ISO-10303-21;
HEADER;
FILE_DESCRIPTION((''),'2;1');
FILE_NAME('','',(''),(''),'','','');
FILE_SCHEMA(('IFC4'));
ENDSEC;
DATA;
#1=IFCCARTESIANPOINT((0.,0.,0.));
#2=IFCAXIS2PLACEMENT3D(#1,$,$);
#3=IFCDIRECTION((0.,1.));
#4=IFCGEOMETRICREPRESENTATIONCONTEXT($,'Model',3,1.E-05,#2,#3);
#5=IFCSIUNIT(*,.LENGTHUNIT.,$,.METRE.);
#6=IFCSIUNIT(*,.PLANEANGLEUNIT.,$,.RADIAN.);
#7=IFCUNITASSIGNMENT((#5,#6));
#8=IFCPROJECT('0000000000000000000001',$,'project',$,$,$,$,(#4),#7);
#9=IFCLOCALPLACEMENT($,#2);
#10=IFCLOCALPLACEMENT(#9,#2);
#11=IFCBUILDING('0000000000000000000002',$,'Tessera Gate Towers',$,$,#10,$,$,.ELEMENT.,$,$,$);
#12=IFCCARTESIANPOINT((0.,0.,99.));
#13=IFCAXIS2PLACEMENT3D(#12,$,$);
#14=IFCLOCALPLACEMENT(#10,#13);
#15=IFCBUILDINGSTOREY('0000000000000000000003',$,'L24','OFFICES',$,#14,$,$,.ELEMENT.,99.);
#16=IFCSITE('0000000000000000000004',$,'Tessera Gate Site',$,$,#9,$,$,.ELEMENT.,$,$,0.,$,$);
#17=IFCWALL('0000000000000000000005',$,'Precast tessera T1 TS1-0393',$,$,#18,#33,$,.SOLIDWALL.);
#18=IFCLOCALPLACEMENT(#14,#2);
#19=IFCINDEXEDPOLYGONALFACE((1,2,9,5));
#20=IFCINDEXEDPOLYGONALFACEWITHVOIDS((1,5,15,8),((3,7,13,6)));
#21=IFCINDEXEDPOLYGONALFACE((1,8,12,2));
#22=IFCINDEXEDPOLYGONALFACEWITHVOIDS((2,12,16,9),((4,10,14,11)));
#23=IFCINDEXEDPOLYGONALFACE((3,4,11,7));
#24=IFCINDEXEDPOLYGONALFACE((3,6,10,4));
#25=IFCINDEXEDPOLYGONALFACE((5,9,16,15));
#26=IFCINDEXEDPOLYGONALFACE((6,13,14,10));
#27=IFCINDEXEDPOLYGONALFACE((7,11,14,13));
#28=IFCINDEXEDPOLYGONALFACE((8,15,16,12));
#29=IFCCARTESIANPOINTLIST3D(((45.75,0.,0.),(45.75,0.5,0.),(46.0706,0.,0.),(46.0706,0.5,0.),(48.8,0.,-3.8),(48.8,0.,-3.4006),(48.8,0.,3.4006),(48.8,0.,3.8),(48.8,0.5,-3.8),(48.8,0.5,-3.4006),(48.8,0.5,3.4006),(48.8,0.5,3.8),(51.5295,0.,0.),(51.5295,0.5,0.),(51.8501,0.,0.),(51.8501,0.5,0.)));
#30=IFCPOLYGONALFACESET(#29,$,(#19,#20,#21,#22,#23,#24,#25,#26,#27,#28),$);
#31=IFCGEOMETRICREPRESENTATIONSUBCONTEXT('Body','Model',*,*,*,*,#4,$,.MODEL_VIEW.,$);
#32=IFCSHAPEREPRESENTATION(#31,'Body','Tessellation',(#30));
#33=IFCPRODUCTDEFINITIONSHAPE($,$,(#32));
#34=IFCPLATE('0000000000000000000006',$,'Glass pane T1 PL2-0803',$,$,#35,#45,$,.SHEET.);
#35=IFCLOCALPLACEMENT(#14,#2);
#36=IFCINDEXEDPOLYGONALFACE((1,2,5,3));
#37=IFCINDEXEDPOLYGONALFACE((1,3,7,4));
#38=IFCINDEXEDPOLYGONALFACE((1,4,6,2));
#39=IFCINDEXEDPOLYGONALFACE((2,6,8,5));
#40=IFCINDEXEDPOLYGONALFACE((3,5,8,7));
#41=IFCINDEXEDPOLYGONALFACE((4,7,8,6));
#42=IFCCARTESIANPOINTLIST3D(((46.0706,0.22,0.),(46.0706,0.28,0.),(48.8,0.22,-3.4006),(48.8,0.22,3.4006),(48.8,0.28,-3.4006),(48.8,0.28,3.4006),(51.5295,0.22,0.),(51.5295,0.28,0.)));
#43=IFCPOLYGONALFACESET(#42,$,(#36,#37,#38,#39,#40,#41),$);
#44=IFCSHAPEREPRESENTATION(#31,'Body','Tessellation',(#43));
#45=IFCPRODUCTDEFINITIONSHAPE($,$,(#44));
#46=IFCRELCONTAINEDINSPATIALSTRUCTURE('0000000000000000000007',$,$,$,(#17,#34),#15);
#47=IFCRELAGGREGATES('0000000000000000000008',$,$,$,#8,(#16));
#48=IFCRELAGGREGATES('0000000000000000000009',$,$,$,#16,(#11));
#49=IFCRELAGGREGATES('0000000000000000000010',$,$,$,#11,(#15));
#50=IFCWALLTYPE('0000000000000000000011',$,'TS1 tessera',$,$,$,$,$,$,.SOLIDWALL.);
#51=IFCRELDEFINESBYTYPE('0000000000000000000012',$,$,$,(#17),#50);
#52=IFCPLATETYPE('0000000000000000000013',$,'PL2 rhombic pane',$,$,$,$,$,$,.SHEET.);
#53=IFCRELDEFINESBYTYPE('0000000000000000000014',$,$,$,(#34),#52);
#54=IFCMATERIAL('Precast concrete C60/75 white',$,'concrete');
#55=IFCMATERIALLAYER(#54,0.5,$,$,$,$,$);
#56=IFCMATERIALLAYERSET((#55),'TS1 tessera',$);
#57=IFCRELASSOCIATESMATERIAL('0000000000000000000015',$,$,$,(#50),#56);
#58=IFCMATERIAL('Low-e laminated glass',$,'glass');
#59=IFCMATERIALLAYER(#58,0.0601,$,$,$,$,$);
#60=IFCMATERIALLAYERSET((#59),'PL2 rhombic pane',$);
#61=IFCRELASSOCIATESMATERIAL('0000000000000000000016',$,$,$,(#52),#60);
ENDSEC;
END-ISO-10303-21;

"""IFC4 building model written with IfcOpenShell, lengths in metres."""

from ifc_helpers import new_model, si_unit, direction, frame, origin, place, context, subcontext, project, spatial, polyline, outline, extrude, source, transform, mapped, material, layer, layer_set, type_object, element, fill, save


model = new_model("IFC4")

# Units and contexts
model_context = context("Model", 3, precision=1e-05, world=origin(), true_north=direction((0.0, 1.0)))
body_context = subcontext(model_context, "Body", "Model", "MODEL_VIEW")
ifc_project = project(units=[si_unit("LENGTHUNIT", "METRE"), si_unit("PLANEANGLEUNIT", "RADIAN")], contexts=[model_context])

# Site, building, storey
site_placement = place(None, origin())
site = spatial("IfcSite", under=ifc_project, at=site_placement, Name="Tessera Gate Site", CompositionType="ELEMENT", RefElevation=0.0)
building_placement = place(site_placement, origin())
building = spatial("IfcBuilding", under=site, at=building_placement, Name="Tessera Gate Towers", CompositionType="ELEMENT")
storey_placement = place(building_placement, frame((0.0, 0.0, 99.0)))
storey = spatial("IfcBuildingStorey", under=building, at=storey_placement, Name="L24", Description="OFFICES", CompositionType="ELEMENT", Elevation=99.0)

# Wall, opening, plate
ifc_material_1 = material(Name="Precast concrete C60/75 white", Category="concrete")
ifc_layer_1 = layer(ifc_material_1, 0.5)
ifc_layer_set_1 = layer_set([ifc_layer_1], Name="TS1 tessera")
wall_type_1 = type_object("IfcWallType", Name="TS1 tessera", PredefinedType="SOLIDWALL", material=ifc_layer_set_1)
shared_shape_1 = source(origin(), body_context, "Body", "SweptSolid", [
    extrude(outline(polyline([(3.05, 0.0), (6.1001, 3.8), (3.05, 7.6001), (0.0, 3.8), (3.05, 0.0)])), frame((0.0, 0.25, 0.0), z_axis=(0.0, -1.0, 0.0), x_axis=(1.0, 0.0, 0.0)), (0.0, 0.0, 1.0), 0.5),
])
shared_shape_2 = source(origin(), body_context, "Body", "SweptSolid", [
    extrude(outline(polyline([(3.05, 0.3994), (5.7795, 3.8), (3.05, 7.2007), (0.3206, 3.8), (3.05, 0.3994)])), frame((0.0, 0.26, 0.0), z_axis=(0.0, -1.0, 0.0), x_axis=(1.0, 0.0, 0.0)), (0.0, 0.0, 1.0), 0.52),
])
ifc_material_2 = material(Name="Low-e laminated glass", Category="glass")
ifc_layer_2 = layer(ifc_material_2, 0.0601)
ifc_layer_set_2 = layer_set([ifc_layer_2], Name="PL2 rhombic pane")
plate_type = type_object("IfcPlateType", Name="PL2 rhombic pane", PredefinedType="SHEET", material=ifc_layer_set_2)
shared_shape_3 = source(origin(), body_context, "Body", "SweptSolid", [
    extrude(outline(polyline([(3.05, 0.3994), (5.7795, 3.8), (3.05, 7.2007), (0.3206, 3.8), (3.05, 0.3994)])), frame((0.0, 0.03, 0.0), z_axis=(0.0, -1.0, 0.0), x_axis=(1.0, 0.0, 0.0)), (0.0, 0.0, 1.0), 0.0601),
])
wall_1_placement = place(storey_placement, frame((45.75, 0.25, -3.8), z_axis=(0.0, 0.0, 1.0), x_axis=(1.0, 0.0, 0.0)))
wall_1 = element("IfcWall", 1, at=wall_1_placement, inside=storey, type_object=wall_type_1, Name="Precast tessera T1 TS1-0393", PredefinedType="SOLIDWALL", context=body_context, shape_type="MappedRepresentation", body=[
    mapped(shared_shape_1, transform((0.0, 0.0, 0.0), scale=1.0)),
])
opening_1_placement = place(wall_1_placement, origin())
opening_1 = element("IfcOpeningElement", 2, at=opening_1_placement, cuts=wall_1, PredefinedType="OPENING", context=body_context, shape_type="MappedRepresentation", body=[
    mapped(shared_shape_2, transform((0.0, 0.0, 0.0), scale=1.0)),
])
plate_1_placement = place(opening_1_placement, origin())
plate_1 = element("IfcPlate", 3, at=plate_1_placement, inside=storey, type_object=plate_type, Name="Glass pane T1 PL2-0803", PredefinedType="SHEET", context=body_context, shape_type="MappedRepresentation", body=[
    mapped(shared_shape_3, transform((0.0, 0.0, 0.0), scale=1.0)),
])
fill(opening_1, plate_1)

save(model, "model.ifc")
